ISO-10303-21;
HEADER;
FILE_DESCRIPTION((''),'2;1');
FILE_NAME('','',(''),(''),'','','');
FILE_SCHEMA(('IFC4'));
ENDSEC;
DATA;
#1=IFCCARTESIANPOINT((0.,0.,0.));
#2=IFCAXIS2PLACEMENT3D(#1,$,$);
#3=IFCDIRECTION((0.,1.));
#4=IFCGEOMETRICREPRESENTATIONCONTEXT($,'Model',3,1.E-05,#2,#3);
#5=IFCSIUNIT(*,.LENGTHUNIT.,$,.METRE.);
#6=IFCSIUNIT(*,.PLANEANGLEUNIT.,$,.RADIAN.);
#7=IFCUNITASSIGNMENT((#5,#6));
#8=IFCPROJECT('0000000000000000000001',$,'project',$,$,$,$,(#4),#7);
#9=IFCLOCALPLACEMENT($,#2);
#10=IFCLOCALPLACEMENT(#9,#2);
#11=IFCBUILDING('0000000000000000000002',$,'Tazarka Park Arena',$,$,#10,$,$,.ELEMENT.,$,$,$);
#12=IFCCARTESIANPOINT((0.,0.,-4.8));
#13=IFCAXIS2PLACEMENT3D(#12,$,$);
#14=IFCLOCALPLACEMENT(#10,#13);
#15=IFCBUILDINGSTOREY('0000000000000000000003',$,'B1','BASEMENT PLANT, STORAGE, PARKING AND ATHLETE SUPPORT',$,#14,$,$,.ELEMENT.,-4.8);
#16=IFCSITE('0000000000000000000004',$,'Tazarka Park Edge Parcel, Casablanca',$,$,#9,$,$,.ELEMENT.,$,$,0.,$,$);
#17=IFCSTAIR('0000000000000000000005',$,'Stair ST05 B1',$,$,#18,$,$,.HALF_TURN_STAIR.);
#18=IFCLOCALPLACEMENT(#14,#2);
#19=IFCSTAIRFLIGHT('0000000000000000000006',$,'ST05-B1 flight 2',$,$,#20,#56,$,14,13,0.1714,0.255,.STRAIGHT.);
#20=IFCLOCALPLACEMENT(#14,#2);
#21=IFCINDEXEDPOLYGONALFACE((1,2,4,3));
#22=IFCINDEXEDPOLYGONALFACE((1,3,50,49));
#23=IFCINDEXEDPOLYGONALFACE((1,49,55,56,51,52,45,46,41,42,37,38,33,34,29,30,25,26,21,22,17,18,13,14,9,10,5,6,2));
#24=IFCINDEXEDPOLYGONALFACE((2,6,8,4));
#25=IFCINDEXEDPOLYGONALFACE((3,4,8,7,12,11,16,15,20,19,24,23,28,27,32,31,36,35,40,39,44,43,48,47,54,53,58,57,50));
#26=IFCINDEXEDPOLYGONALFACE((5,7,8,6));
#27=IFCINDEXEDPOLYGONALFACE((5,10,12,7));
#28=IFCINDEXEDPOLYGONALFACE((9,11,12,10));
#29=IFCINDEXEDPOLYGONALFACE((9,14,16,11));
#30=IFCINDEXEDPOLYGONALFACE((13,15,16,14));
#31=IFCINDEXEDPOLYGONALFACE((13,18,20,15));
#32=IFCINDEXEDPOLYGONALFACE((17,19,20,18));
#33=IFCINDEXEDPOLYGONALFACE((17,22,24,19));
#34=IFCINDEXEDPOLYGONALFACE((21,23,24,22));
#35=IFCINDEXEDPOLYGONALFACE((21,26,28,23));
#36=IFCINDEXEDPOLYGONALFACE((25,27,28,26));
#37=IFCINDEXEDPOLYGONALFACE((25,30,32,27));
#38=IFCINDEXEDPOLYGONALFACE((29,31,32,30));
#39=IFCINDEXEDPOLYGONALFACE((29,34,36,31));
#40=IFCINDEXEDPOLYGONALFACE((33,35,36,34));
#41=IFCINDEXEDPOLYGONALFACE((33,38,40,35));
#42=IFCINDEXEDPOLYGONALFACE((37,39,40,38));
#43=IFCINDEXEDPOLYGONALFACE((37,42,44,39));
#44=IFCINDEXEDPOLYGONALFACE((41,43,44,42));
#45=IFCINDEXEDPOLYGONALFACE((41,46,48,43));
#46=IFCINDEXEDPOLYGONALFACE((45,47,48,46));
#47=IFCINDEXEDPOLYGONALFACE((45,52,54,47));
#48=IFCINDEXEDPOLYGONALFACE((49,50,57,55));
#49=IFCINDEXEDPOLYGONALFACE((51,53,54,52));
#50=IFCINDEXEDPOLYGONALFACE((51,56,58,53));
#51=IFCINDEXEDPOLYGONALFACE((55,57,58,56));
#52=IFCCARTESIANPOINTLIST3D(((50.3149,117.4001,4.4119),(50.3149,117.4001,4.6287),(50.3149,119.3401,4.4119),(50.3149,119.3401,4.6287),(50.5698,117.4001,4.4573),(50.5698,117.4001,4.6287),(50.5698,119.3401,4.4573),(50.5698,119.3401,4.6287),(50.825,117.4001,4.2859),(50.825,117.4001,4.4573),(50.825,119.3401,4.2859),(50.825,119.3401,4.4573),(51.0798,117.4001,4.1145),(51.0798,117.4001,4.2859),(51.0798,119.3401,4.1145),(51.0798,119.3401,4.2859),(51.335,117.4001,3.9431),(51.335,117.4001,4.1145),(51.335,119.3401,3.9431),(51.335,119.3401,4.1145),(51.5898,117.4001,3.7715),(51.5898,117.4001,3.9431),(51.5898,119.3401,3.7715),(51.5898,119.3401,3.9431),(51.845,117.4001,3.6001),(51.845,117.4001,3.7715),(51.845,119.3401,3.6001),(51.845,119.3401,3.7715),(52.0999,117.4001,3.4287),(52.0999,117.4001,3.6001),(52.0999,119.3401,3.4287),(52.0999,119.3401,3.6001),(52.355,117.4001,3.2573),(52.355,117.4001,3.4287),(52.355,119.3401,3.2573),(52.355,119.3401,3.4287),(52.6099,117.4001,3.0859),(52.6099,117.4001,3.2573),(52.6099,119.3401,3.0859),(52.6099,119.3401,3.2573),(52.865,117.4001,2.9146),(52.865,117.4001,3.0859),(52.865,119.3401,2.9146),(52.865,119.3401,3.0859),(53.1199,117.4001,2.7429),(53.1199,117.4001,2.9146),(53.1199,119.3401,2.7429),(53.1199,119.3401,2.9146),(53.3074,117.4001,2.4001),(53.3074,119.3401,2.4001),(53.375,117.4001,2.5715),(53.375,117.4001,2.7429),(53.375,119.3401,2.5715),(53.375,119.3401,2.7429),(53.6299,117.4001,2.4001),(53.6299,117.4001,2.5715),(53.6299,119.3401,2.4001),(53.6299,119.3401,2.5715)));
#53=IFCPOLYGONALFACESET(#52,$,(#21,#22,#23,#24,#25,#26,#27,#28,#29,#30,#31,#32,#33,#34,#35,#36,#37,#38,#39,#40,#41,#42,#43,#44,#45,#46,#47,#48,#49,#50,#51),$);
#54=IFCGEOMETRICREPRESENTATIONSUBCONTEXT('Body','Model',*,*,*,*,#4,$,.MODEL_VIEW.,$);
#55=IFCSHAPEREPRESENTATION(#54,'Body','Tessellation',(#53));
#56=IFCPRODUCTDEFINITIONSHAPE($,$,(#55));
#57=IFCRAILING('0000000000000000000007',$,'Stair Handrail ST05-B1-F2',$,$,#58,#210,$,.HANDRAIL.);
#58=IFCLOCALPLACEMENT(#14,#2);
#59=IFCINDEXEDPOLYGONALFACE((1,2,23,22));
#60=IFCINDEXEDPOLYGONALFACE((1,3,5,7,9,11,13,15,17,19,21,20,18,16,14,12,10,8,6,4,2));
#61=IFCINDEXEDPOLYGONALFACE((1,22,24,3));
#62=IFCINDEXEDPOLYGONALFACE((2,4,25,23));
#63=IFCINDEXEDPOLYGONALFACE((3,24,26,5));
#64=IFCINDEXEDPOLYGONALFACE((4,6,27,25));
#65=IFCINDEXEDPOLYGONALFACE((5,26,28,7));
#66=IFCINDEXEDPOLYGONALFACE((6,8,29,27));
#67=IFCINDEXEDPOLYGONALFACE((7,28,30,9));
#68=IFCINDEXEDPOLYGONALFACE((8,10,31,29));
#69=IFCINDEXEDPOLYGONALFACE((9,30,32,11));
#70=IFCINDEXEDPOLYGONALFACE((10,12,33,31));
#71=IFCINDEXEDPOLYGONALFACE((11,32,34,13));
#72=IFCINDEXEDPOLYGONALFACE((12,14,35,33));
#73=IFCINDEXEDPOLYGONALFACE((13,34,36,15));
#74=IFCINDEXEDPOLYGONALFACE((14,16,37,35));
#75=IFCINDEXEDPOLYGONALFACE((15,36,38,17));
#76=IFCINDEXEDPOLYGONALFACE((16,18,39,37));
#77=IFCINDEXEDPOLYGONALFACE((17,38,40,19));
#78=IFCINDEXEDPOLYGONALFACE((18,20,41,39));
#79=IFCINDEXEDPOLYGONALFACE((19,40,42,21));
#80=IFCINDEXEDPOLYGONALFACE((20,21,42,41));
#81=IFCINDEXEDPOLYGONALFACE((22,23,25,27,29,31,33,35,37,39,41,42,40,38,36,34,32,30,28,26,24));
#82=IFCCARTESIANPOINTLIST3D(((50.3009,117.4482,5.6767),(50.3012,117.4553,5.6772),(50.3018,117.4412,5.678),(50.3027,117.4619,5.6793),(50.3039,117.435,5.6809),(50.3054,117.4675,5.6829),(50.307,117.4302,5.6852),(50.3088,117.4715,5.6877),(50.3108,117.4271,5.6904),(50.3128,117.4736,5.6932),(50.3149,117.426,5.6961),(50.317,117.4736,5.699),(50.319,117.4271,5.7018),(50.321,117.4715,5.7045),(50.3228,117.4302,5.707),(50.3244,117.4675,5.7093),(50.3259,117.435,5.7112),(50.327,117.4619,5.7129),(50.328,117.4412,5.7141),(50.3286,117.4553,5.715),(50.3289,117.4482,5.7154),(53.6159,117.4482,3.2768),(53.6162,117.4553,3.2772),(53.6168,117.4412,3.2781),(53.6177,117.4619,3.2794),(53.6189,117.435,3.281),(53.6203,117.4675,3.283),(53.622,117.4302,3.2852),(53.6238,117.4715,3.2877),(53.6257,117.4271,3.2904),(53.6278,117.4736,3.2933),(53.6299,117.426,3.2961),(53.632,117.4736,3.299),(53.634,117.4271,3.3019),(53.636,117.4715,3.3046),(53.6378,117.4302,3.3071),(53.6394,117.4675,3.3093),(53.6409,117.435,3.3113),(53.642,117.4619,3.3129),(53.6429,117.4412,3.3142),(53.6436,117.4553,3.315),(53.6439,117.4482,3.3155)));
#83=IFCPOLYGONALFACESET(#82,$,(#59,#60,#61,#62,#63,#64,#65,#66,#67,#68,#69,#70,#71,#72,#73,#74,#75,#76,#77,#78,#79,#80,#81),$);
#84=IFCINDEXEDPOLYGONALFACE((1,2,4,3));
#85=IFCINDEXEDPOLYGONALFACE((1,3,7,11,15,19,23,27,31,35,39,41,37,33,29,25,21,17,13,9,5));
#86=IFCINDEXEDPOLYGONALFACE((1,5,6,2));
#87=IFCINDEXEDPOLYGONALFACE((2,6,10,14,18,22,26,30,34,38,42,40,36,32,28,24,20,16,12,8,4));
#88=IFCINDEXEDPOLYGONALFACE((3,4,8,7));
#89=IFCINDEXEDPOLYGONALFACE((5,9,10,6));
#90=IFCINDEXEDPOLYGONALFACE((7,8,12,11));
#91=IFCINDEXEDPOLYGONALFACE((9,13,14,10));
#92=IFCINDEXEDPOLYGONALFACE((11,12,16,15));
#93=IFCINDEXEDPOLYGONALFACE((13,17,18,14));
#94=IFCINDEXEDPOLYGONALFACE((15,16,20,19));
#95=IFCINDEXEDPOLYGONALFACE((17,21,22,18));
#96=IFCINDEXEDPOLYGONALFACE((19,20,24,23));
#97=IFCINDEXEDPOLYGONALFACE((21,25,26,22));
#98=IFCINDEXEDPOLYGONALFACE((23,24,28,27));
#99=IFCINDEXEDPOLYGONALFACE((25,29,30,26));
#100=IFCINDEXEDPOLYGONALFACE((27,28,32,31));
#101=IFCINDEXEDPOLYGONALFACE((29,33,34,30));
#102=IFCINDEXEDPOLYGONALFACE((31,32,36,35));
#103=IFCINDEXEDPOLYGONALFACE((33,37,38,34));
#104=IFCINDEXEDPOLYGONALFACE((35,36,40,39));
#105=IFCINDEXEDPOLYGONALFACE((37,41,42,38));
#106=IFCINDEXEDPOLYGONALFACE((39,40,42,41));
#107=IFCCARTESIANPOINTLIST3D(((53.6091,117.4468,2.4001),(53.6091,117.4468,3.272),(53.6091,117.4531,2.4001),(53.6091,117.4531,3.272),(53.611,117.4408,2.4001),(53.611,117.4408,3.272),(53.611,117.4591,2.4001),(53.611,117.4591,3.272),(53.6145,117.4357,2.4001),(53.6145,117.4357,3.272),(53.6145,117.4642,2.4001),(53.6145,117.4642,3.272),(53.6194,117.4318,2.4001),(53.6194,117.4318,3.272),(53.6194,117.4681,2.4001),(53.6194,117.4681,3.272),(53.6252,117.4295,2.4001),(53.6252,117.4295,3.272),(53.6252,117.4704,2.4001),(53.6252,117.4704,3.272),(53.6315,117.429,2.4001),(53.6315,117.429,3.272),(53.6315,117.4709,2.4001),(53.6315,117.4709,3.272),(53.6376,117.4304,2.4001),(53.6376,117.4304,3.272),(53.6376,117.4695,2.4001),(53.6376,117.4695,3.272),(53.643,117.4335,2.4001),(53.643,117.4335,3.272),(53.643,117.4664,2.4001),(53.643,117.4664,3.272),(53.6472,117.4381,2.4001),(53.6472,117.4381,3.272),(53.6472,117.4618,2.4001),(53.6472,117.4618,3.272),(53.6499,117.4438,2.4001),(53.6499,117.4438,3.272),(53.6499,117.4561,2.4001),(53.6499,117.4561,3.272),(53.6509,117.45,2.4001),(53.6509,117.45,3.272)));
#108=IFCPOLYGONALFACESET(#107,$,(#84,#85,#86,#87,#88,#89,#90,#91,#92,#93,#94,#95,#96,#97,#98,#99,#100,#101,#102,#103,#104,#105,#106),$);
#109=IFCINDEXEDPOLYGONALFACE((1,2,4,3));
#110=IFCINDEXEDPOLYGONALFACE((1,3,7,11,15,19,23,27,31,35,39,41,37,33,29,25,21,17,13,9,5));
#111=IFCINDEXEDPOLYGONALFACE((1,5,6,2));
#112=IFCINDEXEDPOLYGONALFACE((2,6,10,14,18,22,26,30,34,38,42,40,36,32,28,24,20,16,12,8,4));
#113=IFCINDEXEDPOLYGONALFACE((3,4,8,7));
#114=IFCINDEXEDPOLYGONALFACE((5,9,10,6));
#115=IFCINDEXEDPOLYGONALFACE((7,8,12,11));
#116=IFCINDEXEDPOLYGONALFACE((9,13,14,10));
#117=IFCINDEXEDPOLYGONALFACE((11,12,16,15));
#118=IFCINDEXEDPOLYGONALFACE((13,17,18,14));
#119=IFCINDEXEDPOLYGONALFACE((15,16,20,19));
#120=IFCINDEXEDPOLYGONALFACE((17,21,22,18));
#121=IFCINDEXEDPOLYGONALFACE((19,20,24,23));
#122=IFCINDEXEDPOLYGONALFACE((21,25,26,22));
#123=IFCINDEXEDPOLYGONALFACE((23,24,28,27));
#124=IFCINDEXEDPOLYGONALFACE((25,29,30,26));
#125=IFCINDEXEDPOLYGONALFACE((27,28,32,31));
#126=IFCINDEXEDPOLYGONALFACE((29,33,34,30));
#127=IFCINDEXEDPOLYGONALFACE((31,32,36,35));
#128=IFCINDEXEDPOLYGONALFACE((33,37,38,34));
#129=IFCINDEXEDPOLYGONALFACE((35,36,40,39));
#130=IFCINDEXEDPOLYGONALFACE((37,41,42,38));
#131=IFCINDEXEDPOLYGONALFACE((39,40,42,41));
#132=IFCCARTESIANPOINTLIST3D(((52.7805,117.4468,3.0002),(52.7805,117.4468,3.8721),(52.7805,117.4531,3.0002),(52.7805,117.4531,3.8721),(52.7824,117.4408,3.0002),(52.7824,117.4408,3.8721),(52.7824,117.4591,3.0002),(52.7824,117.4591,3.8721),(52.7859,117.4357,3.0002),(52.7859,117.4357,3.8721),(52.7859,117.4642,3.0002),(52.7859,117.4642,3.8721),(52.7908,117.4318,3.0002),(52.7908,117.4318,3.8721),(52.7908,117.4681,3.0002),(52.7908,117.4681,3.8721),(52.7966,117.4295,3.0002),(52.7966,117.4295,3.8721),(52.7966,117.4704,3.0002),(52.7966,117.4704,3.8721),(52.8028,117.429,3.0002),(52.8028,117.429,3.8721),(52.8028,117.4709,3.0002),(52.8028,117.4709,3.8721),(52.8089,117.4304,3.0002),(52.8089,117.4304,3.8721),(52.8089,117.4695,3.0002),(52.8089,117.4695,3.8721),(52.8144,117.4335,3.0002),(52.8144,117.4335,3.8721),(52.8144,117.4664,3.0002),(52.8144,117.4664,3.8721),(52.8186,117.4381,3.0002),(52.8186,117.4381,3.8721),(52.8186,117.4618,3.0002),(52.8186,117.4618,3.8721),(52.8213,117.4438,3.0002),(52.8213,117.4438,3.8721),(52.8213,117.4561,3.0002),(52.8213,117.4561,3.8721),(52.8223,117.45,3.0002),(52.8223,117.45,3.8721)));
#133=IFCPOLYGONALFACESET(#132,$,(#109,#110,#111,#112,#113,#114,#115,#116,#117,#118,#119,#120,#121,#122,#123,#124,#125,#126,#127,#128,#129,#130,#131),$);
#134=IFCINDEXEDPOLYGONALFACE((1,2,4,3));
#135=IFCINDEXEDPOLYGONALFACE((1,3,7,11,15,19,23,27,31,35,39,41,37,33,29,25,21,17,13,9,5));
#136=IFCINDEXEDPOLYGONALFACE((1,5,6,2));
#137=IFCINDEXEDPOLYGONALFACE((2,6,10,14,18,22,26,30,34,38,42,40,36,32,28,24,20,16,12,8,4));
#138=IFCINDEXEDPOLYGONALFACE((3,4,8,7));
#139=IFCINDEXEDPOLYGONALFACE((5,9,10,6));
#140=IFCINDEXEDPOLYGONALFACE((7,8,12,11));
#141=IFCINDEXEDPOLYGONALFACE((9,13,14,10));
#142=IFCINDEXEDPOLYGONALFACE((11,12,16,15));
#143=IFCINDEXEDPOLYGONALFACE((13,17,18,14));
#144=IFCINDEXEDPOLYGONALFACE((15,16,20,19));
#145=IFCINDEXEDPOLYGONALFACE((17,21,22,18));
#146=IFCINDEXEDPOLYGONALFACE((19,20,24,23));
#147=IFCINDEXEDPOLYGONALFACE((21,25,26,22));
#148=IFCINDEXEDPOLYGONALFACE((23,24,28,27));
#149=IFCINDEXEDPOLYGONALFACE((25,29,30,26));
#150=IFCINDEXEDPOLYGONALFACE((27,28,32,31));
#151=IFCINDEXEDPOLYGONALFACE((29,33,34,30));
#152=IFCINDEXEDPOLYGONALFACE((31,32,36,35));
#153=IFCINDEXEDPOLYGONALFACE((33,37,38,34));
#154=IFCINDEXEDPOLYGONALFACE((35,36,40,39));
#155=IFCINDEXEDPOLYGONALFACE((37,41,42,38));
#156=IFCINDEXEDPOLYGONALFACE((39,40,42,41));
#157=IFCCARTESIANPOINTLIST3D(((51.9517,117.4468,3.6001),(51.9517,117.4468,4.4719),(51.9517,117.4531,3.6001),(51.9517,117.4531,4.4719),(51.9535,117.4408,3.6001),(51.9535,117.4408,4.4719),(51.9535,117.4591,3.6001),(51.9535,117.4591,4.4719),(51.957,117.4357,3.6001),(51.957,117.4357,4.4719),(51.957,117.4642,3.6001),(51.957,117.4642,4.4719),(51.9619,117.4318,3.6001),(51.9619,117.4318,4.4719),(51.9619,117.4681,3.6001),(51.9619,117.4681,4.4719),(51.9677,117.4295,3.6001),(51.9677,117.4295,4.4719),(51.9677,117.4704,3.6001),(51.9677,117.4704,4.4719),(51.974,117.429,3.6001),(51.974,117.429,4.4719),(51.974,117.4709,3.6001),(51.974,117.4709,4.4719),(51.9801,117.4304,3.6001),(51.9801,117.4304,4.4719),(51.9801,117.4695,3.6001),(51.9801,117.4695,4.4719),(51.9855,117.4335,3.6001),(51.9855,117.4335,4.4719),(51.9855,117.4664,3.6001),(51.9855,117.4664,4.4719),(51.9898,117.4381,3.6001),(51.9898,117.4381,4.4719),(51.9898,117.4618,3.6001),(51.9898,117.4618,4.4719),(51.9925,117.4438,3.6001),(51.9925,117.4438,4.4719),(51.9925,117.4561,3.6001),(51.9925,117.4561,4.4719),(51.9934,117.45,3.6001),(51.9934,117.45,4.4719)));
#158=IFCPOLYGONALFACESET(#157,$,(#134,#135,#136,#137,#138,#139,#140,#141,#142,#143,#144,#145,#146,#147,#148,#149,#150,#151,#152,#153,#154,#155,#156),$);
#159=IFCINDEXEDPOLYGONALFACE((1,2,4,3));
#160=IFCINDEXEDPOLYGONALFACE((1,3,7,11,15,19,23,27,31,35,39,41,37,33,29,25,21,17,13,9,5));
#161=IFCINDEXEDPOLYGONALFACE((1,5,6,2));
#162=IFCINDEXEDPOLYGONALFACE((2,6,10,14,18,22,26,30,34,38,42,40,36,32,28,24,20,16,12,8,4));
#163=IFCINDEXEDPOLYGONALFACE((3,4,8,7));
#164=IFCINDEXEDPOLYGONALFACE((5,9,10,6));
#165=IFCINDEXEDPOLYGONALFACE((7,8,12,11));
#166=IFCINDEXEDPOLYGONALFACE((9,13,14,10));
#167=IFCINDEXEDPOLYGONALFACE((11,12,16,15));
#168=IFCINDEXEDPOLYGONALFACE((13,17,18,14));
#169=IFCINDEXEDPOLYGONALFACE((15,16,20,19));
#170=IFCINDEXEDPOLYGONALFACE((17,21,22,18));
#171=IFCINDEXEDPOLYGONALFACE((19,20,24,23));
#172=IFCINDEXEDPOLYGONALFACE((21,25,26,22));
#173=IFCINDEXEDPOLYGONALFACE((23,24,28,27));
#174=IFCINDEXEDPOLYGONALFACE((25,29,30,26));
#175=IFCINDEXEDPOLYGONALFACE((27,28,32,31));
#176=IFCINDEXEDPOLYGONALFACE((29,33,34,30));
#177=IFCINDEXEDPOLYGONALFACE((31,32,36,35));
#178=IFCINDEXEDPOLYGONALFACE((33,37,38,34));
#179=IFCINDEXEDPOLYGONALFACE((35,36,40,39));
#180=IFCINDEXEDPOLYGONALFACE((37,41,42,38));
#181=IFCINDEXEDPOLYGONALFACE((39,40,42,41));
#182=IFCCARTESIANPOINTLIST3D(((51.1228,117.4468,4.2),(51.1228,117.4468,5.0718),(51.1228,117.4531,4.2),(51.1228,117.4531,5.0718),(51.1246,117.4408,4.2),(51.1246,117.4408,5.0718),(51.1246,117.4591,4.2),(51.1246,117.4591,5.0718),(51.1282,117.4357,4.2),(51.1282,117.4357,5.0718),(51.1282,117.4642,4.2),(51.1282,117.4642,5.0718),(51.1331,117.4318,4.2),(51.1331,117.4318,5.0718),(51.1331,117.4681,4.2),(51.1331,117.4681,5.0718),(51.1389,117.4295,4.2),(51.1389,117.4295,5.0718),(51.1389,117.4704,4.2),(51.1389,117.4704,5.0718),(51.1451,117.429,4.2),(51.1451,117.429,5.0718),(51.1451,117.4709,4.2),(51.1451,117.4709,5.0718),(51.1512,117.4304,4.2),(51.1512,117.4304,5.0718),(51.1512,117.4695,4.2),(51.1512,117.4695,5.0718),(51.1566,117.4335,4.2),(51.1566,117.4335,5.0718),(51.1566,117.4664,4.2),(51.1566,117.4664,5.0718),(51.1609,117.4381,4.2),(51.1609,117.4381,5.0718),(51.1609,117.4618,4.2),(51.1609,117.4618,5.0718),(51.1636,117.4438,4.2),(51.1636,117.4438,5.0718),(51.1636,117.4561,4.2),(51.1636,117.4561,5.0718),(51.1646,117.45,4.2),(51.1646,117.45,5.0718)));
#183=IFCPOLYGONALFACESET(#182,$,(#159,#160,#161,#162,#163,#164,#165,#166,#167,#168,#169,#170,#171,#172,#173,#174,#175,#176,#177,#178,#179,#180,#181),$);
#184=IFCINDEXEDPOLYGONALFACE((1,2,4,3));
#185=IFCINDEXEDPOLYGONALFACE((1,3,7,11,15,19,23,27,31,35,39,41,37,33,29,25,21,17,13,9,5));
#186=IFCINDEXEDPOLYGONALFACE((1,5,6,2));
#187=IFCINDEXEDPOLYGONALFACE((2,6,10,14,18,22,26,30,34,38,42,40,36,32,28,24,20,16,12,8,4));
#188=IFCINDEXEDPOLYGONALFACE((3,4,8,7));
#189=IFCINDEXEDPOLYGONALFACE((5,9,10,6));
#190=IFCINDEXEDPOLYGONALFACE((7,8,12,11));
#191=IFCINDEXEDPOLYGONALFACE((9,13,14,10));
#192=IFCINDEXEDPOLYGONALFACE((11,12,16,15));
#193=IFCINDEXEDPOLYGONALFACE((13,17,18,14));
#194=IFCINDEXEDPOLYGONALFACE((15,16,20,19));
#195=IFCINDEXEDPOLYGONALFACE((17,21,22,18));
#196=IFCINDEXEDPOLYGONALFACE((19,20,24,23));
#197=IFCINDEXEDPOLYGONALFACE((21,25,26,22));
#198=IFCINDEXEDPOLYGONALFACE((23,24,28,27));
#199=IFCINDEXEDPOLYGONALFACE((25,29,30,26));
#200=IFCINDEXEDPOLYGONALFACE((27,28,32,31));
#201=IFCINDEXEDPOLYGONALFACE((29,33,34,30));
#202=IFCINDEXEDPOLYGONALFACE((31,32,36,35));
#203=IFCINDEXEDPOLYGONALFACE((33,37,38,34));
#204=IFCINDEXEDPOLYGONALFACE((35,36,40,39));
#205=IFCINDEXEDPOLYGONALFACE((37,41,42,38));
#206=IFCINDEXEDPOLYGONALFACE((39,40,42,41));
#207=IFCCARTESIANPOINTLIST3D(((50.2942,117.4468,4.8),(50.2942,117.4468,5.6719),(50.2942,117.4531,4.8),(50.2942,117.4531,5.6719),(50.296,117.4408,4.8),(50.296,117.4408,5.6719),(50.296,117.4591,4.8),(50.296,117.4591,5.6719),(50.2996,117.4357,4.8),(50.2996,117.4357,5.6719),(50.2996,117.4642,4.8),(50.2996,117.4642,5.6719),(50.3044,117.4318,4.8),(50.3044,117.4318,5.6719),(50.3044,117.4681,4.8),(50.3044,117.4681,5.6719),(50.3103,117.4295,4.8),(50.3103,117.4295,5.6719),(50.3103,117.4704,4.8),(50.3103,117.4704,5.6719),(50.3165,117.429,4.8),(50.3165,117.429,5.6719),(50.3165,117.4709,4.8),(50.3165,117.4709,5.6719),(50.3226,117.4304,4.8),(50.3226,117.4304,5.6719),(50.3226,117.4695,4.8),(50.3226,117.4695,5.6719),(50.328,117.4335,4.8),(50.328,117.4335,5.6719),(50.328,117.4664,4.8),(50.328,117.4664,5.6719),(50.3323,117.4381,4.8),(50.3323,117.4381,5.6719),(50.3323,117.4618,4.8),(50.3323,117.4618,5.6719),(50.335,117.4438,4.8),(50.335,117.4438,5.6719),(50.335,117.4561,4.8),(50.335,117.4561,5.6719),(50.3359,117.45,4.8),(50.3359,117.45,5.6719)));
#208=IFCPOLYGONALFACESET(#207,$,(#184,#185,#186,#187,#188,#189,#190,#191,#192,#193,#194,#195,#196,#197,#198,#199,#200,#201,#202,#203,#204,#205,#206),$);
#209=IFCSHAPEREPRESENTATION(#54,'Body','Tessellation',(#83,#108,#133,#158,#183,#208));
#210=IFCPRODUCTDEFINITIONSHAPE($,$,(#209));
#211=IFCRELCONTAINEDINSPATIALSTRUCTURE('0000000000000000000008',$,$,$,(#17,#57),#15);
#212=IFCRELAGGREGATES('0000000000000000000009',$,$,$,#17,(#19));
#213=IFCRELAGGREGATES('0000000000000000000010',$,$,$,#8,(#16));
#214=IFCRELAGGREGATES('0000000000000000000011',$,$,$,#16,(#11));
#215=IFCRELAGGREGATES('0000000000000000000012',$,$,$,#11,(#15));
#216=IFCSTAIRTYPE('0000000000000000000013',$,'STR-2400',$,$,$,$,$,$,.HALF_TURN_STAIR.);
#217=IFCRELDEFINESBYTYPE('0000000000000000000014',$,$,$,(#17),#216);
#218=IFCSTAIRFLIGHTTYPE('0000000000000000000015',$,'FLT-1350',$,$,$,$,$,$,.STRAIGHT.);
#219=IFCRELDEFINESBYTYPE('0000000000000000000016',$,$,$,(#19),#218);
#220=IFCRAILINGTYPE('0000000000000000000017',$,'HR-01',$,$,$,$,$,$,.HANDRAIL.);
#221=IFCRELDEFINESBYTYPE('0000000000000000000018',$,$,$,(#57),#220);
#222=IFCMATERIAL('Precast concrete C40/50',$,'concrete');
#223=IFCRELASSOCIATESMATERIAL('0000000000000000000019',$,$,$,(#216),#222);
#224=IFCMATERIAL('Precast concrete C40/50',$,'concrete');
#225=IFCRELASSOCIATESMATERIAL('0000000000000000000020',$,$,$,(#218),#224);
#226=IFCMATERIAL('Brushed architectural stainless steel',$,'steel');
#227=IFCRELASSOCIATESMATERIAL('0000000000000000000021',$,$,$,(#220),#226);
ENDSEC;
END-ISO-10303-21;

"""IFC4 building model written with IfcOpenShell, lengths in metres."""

from ifc_helpers import new_model, si_unit, direction, frame, origin, origin_2d, place, context, subcontext, project, spatial, polyline, circle, outline, extrude, material, type_object, element, aggregate, save


model = new_model("IFC4")

# Units and contexts
model_context = context("Model", 3, precision=1e-05, world=origin(), true_north=direction((0.0, 1.0)))
body_context = subcontext(model_context, "Body", "Model", "MODEL_VIEW")
ifc_project = project(units=[si_unit("LENGTHUNIT", "METRE"), si_unit("PLANEANGLEUNIT", "RADIAN")], contexts=[model_context])

# Site, building, storey
site_placement = place(None, origin())
site = spatial("IfcSite", under=ifc_project, at=site_placement, Name="Tazarka Park Edge Parcel, Casablanca", CompositionType="ELEMENT", RefElevation=0.0)
building_placement = place(site_placement, origin())
building = spatial("IfcBuilding", under=site, at=building_placement, Name="Tazarka Park Arena", CompositionType="ELEMENT")
storey_placement = place(building_placement, frame((0.0, 0.0, -4.8)))
storey = spatial("IfcBuildingStorey", under=building, at=storey_placement, Name="B1", Description="BASEMENT PLANT, STORAGE, PARKING AND ATHLETE SUPPORT", CompositionType="ELEMENT", Elevation=-4.8)

# Stair, stair flight
ifc_material_1 = material(Name="Precast concrete C40/50", Category="concrete")
stair_type = type_object("IfcStairType", Name="STR-2400", PredefinedType="HALF_TURN_STAIR", material=ifc_material_1)
stair_placement = place(storey_placement, origin())
stair = element("IfcStair", 1, at=stair_placement, inside=storey, type_object=stair_type, Name="Stair ST05 B1", PredefinedType="HALF_TURN_STAIR")
ifc_material_2 = material(Name="Precast concrete C40/50", Category="concrete")
stair_flight_type = type_object("IfcStairFlightType", Name="FLT-1350", PredefinedType="STRAIGHT", material=ifc_material_2)
stair_flight_placement = place(storey_placement, frame((53.6299, 118.3701, 2.4001), z_axis=(0.0, 0.0, 1.0), x_axis=(-1.0, 0.0, 0.0)))
stair_flight = element("IfcStairFlight", 2, at=stair_flight_placement, type_object=stair_flight_type, Name="ST05-B1 flight 2", NumberOfRisers=14, NumberOfTreads=13, PredefinedType="STRAIGHT", RiserHeight=0.1714, TreadLength=0.255, context=body_context, shape_type="SweptSolid", body=[
    extrude(outline(polyline([(0.0, 0.0), (0.0, 0.1714), (0.2549, 0.1714), (0.2549, 0.3428), (0.51, 0.3428), (0.51, 0.5144), (0.7649, 0.5144), (0.7649, 0.6858), (1.02, 0.6858), (1.02, 0.8572), (1.2749, 0.8572), (1.2749, 1.0286), (1.53, 1.0286), (1.53, 1.2), (1.7849, 1.2), (1.7849, 1.3713), (2.04, 1.3713), (2.04, 1.543), (2.2949, 1.543), (2.2949, 1.7144), (2.55, 1.7144), (2.55, 1.8857), (2.8049, 1.8857), (2.8049, 2.0571), (3.0601, 2.0571), (3.0601, 2.2285), (3.3149, 2.2285), (3.3149, 2.3999), (3.3149, 2.0117), (0.3225, 0.0), (0.0, 0.0)])), frame((0.0, 0.97, 0.0), z_axis=(0.0, -1.0, 0.0), x_axis=(1.0, 0.0, 0.0)), (0.0, 0.0, 1.0), 1.9399),
])
aggregate(stair, [stair_flight])

# Railing
ifc_material_3 = material(Name="Brushed architectural stainless steel", Category="steel")
railing_type = type_object("IfcRailingType", Name="HR-01", PredefinedType="HANDRAIL", material=ifc_material_3)
railing_placement = place(storey_placement, frame((53.6299, 117.45, 2.4001)))
element("IfcRailing", 3, at=railing_placement, inside=storey, type_object=railing_type, Name="Stair Handrail ST05-B1-F2", PredefinedType="HANDRAIL", context=body_context, shape_type="SweptSolid", body=[
    extrude(circle(Radius=0.0239, at=origin_2d()), frame((0.0, 0.0, 0.896), z_axis=(-0.810009, 0.0, 0.586418), x_axis=(0.0, -1.0, 0.0)), (0.0, 0.0, 1.0), 4.0925),
    extrude(circle(Radius=0.021, at=origin_2d()), origin(), (0.0, 0.0, 1.0), 0.8718),
    extrude(circle(Radius=0.021, at=origin_2d()), frame((-0.8286, 0.0, 0.6001)), (0.0, 0.0, 1.0), 0.8718),
    extrude(circle(Radius=0.021, at=origin_2d()), frame((-1.6575, 0.0, 1.2)), (0.0, 0.0, 1.0), 0.8718),
    extrude(circle(Radius=0.021, at=origin_2d()), frame((-2.4863, 0.0, 1.7998)), (0.0, 0.0, 1.0), 0.8718),
    extrude(circle(Radius=0.021, at=origin_2d()), frame((-3.3149, 0.0, 2.3999)), (0.0, 0.0, 1.0), 0.8718),
])

save(model, "model.ifc")
